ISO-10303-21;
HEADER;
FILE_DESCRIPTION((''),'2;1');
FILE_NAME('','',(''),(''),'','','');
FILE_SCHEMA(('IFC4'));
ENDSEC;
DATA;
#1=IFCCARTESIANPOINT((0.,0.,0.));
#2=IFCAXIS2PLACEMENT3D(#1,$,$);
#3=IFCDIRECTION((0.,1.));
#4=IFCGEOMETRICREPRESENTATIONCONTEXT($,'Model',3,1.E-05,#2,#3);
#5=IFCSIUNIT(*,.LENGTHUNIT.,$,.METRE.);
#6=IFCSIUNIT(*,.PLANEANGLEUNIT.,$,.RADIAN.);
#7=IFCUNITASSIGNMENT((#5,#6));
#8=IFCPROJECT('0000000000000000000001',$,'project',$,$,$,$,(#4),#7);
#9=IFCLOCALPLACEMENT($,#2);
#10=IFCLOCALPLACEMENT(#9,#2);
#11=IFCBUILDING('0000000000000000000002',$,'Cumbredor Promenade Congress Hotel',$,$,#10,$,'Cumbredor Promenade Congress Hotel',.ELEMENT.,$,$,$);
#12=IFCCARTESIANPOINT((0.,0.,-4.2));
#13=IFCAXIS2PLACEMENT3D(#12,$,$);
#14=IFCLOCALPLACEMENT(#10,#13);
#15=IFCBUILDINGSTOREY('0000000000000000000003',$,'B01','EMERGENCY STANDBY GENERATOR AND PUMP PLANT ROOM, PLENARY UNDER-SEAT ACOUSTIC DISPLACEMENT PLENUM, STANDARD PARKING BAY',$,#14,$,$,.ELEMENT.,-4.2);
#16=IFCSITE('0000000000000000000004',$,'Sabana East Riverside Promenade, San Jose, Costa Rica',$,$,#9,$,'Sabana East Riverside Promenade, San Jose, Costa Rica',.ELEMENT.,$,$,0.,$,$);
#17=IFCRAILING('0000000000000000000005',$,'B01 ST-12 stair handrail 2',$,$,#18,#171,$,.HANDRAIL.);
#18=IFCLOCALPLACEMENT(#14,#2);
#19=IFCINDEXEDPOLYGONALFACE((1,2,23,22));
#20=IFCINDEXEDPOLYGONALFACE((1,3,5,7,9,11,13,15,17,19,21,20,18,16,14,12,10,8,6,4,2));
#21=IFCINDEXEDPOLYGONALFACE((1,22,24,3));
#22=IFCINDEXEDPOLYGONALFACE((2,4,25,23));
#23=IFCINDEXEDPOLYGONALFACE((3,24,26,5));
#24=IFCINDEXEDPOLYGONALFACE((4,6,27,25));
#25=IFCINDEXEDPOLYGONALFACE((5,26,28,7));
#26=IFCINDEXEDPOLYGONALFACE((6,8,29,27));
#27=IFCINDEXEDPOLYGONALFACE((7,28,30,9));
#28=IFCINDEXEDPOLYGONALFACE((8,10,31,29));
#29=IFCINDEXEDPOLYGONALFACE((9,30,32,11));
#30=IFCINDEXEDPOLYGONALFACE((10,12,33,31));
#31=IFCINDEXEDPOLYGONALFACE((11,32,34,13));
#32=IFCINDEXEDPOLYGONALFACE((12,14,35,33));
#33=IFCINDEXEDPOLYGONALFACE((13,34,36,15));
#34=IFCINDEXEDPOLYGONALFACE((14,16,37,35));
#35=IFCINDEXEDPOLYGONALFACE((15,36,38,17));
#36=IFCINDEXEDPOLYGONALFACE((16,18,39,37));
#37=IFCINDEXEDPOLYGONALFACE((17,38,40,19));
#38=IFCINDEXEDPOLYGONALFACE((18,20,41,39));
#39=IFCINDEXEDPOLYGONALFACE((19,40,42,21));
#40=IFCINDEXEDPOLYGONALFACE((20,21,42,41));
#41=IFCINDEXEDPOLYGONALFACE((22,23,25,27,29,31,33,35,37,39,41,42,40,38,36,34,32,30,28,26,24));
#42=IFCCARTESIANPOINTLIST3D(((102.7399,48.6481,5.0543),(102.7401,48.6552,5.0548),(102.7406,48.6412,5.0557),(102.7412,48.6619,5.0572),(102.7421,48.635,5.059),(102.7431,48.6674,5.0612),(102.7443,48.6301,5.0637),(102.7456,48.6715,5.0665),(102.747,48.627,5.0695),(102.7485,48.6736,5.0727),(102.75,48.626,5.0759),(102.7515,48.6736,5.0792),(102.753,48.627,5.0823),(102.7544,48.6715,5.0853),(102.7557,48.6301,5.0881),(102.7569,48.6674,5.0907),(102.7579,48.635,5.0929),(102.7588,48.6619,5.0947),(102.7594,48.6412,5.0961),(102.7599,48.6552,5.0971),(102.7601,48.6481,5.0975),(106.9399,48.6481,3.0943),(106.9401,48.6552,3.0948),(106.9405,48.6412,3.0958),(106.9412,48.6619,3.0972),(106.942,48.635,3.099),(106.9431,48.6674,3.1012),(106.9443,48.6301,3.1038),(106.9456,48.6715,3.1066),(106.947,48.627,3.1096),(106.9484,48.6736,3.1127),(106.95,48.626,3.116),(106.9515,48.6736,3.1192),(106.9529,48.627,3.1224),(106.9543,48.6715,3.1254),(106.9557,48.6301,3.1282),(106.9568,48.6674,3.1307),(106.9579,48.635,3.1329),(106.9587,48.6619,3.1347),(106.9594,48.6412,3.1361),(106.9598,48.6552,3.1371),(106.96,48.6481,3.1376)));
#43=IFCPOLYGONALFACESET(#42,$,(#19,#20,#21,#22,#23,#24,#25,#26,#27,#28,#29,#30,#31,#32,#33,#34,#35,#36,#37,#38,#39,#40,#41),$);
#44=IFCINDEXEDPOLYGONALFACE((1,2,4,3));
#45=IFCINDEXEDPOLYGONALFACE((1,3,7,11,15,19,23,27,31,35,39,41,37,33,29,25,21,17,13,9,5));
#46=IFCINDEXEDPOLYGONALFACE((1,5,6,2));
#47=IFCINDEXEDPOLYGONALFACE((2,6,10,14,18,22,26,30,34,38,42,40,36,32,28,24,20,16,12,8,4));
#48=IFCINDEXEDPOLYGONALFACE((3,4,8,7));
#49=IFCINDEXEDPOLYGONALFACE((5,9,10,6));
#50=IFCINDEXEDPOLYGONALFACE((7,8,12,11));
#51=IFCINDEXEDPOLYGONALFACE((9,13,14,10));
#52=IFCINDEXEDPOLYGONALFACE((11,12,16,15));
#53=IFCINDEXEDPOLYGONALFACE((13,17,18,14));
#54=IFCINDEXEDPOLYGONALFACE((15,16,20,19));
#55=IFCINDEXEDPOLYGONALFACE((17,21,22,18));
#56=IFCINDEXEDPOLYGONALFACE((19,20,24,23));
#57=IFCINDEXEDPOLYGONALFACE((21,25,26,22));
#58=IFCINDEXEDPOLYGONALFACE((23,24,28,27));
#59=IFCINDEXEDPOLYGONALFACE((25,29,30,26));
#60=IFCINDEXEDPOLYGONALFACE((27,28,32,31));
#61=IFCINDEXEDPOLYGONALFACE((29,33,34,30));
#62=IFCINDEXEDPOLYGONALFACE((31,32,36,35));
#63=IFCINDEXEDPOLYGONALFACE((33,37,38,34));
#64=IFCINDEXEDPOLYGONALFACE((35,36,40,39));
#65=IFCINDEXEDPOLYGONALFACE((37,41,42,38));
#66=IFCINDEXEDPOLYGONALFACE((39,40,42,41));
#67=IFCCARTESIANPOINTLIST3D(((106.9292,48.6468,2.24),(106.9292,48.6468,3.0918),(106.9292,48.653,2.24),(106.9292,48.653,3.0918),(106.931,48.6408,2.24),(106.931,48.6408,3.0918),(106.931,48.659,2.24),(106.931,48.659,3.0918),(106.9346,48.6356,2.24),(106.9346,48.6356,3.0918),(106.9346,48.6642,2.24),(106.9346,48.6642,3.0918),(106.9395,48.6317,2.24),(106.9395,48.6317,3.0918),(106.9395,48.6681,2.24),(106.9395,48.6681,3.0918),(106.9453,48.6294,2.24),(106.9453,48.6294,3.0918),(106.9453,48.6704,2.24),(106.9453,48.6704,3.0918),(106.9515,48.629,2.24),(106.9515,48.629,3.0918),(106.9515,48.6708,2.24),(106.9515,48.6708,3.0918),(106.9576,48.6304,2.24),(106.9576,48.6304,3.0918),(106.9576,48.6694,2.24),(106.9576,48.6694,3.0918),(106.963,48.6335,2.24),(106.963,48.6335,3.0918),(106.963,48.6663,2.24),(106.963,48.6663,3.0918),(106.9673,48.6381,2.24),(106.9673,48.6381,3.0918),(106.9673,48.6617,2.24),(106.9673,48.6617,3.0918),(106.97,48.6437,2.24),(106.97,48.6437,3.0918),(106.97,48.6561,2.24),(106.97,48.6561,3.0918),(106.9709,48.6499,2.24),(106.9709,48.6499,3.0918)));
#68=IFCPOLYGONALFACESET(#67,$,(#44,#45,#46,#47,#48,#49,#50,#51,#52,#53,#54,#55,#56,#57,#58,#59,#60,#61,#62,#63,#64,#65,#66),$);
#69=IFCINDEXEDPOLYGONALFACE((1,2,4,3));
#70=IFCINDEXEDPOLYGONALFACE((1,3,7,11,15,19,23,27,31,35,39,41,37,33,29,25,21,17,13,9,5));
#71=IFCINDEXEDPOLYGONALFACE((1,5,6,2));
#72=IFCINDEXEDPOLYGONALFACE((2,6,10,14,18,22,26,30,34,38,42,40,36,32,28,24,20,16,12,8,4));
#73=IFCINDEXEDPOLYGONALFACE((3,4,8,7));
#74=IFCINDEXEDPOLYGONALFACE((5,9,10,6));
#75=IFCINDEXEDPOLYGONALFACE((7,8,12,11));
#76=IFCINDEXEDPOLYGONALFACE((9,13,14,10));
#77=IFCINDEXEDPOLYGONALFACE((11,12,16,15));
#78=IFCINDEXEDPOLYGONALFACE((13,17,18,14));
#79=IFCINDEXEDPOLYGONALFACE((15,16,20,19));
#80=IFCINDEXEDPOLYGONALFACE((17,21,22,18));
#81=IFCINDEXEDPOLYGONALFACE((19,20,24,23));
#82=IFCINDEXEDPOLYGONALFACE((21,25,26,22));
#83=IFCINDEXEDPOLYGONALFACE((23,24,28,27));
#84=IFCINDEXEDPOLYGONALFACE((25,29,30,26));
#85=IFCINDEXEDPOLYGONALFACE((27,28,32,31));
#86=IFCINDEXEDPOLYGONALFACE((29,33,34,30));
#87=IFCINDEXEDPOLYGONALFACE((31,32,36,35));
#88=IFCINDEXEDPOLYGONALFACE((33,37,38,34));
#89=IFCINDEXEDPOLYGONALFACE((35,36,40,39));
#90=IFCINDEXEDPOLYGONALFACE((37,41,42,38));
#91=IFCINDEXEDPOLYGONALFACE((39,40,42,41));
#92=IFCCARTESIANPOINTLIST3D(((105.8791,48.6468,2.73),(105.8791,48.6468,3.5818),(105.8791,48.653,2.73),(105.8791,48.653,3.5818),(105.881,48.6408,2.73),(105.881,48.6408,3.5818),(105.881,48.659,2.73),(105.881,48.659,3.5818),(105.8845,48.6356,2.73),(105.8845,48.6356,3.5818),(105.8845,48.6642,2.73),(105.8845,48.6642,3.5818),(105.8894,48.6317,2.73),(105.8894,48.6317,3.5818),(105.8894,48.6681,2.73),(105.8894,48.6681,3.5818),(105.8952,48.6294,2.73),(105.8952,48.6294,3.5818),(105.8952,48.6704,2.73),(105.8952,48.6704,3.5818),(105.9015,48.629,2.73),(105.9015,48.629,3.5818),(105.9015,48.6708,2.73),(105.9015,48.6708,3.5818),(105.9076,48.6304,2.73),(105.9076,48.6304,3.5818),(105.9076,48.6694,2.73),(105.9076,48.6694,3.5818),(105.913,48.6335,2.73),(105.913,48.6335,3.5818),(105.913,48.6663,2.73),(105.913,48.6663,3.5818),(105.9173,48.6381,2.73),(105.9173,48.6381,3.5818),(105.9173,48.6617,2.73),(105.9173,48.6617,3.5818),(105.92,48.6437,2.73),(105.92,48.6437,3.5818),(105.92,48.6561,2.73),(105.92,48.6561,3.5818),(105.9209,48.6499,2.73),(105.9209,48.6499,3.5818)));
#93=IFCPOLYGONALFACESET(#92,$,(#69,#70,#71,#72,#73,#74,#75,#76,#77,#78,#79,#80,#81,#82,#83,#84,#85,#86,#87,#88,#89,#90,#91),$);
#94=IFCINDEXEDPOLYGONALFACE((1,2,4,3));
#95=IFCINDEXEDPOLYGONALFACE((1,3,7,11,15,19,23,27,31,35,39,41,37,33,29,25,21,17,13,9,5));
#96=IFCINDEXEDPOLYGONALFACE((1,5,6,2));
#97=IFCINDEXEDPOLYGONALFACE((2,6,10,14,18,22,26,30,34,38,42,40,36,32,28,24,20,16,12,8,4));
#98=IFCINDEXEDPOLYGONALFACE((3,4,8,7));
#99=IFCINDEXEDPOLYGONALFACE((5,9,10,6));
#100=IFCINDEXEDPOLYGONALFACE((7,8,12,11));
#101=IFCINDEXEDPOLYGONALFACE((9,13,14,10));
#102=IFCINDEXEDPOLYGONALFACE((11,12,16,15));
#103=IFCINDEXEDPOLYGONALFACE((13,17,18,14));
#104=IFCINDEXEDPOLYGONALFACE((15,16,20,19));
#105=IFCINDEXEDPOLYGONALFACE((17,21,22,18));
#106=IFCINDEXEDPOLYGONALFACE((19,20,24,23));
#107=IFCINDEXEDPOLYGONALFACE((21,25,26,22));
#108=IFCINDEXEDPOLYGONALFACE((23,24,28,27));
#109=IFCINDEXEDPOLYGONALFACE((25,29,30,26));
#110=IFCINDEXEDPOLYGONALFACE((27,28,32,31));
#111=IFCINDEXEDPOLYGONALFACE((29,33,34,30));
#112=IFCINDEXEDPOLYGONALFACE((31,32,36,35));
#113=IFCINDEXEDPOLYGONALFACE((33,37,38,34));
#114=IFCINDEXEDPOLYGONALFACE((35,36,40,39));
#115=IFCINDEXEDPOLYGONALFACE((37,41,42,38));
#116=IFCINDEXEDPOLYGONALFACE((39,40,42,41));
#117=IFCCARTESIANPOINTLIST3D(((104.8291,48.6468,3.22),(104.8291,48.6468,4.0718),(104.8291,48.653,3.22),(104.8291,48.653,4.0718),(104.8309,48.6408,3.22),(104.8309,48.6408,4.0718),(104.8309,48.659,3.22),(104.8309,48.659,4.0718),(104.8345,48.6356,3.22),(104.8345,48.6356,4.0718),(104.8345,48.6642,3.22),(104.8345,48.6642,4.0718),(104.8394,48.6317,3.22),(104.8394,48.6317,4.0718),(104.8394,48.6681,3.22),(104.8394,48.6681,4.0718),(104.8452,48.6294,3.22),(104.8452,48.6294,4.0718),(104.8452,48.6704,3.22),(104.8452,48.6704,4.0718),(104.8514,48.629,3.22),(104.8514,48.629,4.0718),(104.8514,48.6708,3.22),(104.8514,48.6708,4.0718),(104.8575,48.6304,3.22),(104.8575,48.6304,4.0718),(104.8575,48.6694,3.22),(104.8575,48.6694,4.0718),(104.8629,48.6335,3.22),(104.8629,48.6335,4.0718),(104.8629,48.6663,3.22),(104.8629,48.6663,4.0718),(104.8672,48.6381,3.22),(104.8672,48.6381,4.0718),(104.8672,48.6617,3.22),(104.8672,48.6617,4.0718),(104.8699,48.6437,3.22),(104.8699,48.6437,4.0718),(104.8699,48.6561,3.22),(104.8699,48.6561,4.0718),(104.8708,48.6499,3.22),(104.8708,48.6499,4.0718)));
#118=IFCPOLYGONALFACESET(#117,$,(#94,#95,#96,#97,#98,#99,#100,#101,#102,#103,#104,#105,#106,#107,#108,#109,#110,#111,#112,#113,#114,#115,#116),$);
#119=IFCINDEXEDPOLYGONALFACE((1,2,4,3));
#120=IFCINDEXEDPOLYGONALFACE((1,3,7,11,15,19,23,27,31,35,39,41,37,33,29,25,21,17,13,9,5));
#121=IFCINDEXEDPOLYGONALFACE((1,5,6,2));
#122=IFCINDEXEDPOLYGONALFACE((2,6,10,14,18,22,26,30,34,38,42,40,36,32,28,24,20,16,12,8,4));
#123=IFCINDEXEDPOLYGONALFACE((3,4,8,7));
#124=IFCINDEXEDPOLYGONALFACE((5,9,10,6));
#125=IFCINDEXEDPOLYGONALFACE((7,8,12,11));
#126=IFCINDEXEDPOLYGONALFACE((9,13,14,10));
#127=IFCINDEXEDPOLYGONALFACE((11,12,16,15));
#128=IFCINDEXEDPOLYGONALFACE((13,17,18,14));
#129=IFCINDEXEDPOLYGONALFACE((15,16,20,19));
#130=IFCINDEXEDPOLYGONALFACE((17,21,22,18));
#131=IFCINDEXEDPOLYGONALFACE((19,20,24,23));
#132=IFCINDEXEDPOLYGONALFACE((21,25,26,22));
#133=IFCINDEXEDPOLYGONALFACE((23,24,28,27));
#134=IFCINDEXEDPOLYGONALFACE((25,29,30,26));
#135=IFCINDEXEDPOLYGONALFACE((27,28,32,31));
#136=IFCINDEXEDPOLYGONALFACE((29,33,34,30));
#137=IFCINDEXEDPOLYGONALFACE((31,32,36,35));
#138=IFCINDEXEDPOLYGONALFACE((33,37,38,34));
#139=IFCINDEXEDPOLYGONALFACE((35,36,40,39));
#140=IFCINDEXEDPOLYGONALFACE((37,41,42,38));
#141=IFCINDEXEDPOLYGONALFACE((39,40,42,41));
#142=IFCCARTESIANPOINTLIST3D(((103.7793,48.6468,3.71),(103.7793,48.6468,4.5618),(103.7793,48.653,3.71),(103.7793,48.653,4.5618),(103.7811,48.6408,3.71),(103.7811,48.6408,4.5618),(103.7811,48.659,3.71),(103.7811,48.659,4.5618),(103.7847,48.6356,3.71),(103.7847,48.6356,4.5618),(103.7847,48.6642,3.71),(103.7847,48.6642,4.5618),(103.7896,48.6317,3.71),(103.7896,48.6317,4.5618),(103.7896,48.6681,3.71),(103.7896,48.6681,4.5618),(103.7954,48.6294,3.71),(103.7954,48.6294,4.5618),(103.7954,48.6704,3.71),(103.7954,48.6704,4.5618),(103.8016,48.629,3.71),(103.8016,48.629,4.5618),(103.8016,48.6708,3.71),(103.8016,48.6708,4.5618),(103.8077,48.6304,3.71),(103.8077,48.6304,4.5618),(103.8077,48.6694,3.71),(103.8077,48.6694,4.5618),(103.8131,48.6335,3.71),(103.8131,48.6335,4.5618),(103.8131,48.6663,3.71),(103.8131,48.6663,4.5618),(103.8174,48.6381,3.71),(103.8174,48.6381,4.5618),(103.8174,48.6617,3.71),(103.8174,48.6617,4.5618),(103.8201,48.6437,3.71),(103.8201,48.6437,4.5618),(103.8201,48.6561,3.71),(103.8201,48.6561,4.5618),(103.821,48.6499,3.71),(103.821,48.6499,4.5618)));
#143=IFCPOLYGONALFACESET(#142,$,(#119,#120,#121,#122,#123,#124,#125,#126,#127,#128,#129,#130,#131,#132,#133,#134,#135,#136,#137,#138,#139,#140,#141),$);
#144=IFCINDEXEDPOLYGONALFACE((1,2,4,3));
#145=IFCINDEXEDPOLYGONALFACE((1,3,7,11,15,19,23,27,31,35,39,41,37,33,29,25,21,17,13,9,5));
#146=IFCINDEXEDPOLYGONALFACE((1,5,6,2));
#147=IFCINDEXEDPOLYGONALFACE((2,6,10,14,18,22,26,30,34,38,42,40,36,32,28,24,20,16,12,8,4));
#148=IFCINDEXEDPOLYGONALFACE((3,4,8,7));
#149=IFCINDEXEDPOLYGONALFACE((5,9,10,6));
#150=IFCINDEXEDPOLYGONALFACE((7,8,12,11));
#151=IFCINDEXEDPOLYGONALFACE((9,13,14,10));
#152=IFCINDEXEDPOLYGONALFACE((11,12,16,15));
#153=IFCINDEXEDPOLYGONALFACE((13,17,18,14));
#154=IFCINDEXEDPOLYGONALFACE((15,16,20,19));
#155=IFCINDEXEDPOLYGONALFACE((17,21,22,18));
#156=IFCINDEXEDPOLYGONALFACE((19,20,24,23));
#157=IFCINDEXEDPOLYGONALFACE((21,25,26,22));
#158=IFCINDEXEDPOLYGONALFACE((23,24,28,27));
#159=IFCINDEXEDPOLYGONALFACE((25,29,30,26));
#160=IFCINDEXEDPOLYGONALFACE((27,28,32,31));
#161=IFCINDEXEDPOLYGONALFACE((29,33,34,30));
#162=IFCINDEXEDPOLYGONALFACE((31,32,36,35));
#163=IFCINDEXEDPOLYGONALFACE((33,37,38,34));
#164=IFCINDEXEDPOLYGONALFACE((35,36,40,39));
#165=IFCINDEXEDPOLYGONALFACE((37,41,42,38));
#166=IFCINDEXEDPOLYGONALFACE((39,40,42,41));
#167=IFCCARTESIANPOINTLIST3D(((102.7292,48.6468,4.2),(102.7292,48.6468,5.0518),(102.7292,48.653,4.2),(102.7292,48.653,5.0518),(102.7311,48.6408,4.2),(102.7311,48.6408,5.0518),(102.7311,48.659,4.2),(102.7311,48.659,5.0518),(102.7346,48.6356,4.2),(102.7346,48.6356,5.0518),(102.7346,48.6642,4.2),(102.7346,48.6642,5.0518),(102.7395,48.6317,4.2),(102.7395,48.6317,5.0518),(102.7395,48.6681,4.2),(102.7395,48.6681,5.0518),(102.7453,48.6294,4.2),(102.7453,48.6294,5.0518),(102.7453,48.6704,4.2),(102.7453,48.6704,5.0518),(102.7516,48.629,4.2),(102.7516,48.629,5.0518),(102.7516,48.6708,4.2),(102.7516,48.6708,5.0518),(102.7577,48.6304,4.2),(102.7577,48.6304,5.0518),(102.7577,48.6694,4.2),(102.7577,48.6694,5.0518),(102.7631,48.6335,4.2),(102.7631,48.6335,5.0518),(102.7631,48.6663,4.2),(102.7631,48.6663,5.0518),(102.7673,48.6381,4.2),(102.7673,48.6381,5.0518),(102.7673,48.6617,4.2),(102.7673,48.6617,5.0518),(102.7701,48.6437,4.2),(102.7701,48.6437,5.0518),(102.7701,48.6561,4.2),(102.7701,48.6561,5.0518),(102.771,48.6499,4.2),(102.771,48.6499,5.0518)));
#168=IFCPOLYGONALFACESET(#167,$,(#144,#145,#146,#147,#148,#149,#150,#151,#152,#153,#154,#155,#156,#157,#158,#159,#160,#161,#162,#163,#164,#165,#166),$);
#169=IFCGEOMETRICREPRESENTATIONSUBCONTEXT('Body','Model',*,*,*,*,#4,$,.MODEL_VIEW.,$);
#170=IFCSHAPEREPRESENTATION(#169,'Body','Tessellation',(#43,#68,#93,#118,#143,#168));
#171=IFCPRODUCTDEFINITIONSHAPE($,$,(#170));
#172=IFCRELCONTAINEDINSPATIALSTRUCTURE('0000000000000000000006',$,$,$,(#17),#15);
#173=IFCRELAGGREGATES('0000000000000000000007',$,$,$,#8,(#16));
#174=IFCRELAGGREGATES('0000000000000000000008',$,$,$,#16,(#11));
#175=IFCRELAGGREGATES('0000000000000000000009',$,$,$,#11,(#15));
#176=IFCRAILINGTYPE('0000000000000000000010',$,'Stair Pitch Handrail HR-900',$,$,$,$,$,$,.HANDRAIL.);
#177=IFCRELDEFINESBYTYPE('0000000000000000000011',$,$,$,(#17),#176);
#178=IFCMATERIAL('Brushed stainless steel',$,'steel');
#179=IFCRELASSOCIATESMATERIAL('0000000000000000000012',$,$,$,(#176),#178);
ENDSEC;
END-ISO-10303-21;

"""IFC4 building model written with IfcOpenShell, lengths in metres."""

from ifc_helpers import new_model, si_unit, direction, frame, origin, origin_2d, place, context, subcontext, project, spatial, circle, extrude, material, type_object, element, save


model = new_model("IFC4")

# Units and contexts
model_context = context("Model", 3, precision=1e-05, world=origin(), true_north=direction((0.0, 1.0)))
body_context = subcontext(model_context, "Body", "Model", "MODEL_VIEW")
ifc_project = project(units=[si_unit("LENGTHUNIT", "METRE"), si_unit("PLANEANGLEUNIT", "RADIAN")], contexts=[model_context])

# Site, building, storey
site_placement = place(None, origin())
site = spatial("IfcSite", under=ifc_project, at=site_placement, Name="Sabana East Riverside Promenade, San Jose, Costa Rica", LongName="Sabana East Riverside Promenade, San Jose, Costa Rica", CompositionType="ELEMENT", RefElevation=0.0)
building_placement = place(site_placement, origin())
building = spatial("IfcBuilding", under=site, at=building_placement, Name="Cumbredor Promenade Congress Hotel", LongName="Cumbredor Promenade Congress Hotel", CompositionType="ELEMENT")
storey_placement = place(building_placement, frame((0.0, 0.0, -4.2)))
storey = spatial("IfcBuildingStorey", under=building, at=storey_placement, Name="B01", Description="EMERGENCY STANDBY GENERATOR AND PUMP PLANT ROOM, PLENARY UNDER-SEAT ACOUSTIC DISPLACEMENT PLENUM, STANDARD PARKING BAY", CompositionType="ELEMENT", Elevation=-4.2)

# Railing
ifc_material_1 = material(Name="Brushed stainless steel", Category="steel")
railing_type_1 = type_object("IfcRailingType", Name="Stair Pitch Handrail HR-900", PredefinedType="HANDRAIL", material=ifc_material_1)
railing_1_placement = place(storey_placement, frame((106.95, 48.6499, 2.24)))
element("IfcRailing", 1, at=railing_1_placement, inside=storey, type_object=railing_type_1, Name="B01 ST-12 stair handrail 2", PredefinedType="HANDRAIL", context=body_context, shape_type="SweptSolid", body=[
    extrude(circle(Radius=0.0239, at=origin_2d()), frame((0.0, 0.0, 0.876), z_axis=(-0.906184, 0.0, 0.422883), x_axis=(0.0, -1.0, 0.0)), (0.0, 0.0, 1.0), 4.6348),
    extrude(circle(Radius=0.021, at=origin_2d()), origin(), (0.0, 0.0, 1.0), 0.8518),
    extrude(circle(Radius=0.021, at=origin_2d()), frame((-1.05, 0.0, 0.49)), (0.0, 0.0, 1.0), 0.8518),
    extrude(circle(Radius=0.021, at=origin_2d()), frame((-2.1001, 0.0, 0.98)), (0.0, 0.0, 1.0), 0.8518),
    extrude(circle(Radius=0.021, at=origin_2d()), frame((-3.1499, 0.0, 1.47)), (0.0, 0.0, 1.0), 0.8518),
    extrude(circle(Radius=0.021, at=origin_2d()), frame((-4.2, 0.0, 1.96)), (0.0, 0.0, 1.0), 0.8518),
])

save(model, "model.ifc")
